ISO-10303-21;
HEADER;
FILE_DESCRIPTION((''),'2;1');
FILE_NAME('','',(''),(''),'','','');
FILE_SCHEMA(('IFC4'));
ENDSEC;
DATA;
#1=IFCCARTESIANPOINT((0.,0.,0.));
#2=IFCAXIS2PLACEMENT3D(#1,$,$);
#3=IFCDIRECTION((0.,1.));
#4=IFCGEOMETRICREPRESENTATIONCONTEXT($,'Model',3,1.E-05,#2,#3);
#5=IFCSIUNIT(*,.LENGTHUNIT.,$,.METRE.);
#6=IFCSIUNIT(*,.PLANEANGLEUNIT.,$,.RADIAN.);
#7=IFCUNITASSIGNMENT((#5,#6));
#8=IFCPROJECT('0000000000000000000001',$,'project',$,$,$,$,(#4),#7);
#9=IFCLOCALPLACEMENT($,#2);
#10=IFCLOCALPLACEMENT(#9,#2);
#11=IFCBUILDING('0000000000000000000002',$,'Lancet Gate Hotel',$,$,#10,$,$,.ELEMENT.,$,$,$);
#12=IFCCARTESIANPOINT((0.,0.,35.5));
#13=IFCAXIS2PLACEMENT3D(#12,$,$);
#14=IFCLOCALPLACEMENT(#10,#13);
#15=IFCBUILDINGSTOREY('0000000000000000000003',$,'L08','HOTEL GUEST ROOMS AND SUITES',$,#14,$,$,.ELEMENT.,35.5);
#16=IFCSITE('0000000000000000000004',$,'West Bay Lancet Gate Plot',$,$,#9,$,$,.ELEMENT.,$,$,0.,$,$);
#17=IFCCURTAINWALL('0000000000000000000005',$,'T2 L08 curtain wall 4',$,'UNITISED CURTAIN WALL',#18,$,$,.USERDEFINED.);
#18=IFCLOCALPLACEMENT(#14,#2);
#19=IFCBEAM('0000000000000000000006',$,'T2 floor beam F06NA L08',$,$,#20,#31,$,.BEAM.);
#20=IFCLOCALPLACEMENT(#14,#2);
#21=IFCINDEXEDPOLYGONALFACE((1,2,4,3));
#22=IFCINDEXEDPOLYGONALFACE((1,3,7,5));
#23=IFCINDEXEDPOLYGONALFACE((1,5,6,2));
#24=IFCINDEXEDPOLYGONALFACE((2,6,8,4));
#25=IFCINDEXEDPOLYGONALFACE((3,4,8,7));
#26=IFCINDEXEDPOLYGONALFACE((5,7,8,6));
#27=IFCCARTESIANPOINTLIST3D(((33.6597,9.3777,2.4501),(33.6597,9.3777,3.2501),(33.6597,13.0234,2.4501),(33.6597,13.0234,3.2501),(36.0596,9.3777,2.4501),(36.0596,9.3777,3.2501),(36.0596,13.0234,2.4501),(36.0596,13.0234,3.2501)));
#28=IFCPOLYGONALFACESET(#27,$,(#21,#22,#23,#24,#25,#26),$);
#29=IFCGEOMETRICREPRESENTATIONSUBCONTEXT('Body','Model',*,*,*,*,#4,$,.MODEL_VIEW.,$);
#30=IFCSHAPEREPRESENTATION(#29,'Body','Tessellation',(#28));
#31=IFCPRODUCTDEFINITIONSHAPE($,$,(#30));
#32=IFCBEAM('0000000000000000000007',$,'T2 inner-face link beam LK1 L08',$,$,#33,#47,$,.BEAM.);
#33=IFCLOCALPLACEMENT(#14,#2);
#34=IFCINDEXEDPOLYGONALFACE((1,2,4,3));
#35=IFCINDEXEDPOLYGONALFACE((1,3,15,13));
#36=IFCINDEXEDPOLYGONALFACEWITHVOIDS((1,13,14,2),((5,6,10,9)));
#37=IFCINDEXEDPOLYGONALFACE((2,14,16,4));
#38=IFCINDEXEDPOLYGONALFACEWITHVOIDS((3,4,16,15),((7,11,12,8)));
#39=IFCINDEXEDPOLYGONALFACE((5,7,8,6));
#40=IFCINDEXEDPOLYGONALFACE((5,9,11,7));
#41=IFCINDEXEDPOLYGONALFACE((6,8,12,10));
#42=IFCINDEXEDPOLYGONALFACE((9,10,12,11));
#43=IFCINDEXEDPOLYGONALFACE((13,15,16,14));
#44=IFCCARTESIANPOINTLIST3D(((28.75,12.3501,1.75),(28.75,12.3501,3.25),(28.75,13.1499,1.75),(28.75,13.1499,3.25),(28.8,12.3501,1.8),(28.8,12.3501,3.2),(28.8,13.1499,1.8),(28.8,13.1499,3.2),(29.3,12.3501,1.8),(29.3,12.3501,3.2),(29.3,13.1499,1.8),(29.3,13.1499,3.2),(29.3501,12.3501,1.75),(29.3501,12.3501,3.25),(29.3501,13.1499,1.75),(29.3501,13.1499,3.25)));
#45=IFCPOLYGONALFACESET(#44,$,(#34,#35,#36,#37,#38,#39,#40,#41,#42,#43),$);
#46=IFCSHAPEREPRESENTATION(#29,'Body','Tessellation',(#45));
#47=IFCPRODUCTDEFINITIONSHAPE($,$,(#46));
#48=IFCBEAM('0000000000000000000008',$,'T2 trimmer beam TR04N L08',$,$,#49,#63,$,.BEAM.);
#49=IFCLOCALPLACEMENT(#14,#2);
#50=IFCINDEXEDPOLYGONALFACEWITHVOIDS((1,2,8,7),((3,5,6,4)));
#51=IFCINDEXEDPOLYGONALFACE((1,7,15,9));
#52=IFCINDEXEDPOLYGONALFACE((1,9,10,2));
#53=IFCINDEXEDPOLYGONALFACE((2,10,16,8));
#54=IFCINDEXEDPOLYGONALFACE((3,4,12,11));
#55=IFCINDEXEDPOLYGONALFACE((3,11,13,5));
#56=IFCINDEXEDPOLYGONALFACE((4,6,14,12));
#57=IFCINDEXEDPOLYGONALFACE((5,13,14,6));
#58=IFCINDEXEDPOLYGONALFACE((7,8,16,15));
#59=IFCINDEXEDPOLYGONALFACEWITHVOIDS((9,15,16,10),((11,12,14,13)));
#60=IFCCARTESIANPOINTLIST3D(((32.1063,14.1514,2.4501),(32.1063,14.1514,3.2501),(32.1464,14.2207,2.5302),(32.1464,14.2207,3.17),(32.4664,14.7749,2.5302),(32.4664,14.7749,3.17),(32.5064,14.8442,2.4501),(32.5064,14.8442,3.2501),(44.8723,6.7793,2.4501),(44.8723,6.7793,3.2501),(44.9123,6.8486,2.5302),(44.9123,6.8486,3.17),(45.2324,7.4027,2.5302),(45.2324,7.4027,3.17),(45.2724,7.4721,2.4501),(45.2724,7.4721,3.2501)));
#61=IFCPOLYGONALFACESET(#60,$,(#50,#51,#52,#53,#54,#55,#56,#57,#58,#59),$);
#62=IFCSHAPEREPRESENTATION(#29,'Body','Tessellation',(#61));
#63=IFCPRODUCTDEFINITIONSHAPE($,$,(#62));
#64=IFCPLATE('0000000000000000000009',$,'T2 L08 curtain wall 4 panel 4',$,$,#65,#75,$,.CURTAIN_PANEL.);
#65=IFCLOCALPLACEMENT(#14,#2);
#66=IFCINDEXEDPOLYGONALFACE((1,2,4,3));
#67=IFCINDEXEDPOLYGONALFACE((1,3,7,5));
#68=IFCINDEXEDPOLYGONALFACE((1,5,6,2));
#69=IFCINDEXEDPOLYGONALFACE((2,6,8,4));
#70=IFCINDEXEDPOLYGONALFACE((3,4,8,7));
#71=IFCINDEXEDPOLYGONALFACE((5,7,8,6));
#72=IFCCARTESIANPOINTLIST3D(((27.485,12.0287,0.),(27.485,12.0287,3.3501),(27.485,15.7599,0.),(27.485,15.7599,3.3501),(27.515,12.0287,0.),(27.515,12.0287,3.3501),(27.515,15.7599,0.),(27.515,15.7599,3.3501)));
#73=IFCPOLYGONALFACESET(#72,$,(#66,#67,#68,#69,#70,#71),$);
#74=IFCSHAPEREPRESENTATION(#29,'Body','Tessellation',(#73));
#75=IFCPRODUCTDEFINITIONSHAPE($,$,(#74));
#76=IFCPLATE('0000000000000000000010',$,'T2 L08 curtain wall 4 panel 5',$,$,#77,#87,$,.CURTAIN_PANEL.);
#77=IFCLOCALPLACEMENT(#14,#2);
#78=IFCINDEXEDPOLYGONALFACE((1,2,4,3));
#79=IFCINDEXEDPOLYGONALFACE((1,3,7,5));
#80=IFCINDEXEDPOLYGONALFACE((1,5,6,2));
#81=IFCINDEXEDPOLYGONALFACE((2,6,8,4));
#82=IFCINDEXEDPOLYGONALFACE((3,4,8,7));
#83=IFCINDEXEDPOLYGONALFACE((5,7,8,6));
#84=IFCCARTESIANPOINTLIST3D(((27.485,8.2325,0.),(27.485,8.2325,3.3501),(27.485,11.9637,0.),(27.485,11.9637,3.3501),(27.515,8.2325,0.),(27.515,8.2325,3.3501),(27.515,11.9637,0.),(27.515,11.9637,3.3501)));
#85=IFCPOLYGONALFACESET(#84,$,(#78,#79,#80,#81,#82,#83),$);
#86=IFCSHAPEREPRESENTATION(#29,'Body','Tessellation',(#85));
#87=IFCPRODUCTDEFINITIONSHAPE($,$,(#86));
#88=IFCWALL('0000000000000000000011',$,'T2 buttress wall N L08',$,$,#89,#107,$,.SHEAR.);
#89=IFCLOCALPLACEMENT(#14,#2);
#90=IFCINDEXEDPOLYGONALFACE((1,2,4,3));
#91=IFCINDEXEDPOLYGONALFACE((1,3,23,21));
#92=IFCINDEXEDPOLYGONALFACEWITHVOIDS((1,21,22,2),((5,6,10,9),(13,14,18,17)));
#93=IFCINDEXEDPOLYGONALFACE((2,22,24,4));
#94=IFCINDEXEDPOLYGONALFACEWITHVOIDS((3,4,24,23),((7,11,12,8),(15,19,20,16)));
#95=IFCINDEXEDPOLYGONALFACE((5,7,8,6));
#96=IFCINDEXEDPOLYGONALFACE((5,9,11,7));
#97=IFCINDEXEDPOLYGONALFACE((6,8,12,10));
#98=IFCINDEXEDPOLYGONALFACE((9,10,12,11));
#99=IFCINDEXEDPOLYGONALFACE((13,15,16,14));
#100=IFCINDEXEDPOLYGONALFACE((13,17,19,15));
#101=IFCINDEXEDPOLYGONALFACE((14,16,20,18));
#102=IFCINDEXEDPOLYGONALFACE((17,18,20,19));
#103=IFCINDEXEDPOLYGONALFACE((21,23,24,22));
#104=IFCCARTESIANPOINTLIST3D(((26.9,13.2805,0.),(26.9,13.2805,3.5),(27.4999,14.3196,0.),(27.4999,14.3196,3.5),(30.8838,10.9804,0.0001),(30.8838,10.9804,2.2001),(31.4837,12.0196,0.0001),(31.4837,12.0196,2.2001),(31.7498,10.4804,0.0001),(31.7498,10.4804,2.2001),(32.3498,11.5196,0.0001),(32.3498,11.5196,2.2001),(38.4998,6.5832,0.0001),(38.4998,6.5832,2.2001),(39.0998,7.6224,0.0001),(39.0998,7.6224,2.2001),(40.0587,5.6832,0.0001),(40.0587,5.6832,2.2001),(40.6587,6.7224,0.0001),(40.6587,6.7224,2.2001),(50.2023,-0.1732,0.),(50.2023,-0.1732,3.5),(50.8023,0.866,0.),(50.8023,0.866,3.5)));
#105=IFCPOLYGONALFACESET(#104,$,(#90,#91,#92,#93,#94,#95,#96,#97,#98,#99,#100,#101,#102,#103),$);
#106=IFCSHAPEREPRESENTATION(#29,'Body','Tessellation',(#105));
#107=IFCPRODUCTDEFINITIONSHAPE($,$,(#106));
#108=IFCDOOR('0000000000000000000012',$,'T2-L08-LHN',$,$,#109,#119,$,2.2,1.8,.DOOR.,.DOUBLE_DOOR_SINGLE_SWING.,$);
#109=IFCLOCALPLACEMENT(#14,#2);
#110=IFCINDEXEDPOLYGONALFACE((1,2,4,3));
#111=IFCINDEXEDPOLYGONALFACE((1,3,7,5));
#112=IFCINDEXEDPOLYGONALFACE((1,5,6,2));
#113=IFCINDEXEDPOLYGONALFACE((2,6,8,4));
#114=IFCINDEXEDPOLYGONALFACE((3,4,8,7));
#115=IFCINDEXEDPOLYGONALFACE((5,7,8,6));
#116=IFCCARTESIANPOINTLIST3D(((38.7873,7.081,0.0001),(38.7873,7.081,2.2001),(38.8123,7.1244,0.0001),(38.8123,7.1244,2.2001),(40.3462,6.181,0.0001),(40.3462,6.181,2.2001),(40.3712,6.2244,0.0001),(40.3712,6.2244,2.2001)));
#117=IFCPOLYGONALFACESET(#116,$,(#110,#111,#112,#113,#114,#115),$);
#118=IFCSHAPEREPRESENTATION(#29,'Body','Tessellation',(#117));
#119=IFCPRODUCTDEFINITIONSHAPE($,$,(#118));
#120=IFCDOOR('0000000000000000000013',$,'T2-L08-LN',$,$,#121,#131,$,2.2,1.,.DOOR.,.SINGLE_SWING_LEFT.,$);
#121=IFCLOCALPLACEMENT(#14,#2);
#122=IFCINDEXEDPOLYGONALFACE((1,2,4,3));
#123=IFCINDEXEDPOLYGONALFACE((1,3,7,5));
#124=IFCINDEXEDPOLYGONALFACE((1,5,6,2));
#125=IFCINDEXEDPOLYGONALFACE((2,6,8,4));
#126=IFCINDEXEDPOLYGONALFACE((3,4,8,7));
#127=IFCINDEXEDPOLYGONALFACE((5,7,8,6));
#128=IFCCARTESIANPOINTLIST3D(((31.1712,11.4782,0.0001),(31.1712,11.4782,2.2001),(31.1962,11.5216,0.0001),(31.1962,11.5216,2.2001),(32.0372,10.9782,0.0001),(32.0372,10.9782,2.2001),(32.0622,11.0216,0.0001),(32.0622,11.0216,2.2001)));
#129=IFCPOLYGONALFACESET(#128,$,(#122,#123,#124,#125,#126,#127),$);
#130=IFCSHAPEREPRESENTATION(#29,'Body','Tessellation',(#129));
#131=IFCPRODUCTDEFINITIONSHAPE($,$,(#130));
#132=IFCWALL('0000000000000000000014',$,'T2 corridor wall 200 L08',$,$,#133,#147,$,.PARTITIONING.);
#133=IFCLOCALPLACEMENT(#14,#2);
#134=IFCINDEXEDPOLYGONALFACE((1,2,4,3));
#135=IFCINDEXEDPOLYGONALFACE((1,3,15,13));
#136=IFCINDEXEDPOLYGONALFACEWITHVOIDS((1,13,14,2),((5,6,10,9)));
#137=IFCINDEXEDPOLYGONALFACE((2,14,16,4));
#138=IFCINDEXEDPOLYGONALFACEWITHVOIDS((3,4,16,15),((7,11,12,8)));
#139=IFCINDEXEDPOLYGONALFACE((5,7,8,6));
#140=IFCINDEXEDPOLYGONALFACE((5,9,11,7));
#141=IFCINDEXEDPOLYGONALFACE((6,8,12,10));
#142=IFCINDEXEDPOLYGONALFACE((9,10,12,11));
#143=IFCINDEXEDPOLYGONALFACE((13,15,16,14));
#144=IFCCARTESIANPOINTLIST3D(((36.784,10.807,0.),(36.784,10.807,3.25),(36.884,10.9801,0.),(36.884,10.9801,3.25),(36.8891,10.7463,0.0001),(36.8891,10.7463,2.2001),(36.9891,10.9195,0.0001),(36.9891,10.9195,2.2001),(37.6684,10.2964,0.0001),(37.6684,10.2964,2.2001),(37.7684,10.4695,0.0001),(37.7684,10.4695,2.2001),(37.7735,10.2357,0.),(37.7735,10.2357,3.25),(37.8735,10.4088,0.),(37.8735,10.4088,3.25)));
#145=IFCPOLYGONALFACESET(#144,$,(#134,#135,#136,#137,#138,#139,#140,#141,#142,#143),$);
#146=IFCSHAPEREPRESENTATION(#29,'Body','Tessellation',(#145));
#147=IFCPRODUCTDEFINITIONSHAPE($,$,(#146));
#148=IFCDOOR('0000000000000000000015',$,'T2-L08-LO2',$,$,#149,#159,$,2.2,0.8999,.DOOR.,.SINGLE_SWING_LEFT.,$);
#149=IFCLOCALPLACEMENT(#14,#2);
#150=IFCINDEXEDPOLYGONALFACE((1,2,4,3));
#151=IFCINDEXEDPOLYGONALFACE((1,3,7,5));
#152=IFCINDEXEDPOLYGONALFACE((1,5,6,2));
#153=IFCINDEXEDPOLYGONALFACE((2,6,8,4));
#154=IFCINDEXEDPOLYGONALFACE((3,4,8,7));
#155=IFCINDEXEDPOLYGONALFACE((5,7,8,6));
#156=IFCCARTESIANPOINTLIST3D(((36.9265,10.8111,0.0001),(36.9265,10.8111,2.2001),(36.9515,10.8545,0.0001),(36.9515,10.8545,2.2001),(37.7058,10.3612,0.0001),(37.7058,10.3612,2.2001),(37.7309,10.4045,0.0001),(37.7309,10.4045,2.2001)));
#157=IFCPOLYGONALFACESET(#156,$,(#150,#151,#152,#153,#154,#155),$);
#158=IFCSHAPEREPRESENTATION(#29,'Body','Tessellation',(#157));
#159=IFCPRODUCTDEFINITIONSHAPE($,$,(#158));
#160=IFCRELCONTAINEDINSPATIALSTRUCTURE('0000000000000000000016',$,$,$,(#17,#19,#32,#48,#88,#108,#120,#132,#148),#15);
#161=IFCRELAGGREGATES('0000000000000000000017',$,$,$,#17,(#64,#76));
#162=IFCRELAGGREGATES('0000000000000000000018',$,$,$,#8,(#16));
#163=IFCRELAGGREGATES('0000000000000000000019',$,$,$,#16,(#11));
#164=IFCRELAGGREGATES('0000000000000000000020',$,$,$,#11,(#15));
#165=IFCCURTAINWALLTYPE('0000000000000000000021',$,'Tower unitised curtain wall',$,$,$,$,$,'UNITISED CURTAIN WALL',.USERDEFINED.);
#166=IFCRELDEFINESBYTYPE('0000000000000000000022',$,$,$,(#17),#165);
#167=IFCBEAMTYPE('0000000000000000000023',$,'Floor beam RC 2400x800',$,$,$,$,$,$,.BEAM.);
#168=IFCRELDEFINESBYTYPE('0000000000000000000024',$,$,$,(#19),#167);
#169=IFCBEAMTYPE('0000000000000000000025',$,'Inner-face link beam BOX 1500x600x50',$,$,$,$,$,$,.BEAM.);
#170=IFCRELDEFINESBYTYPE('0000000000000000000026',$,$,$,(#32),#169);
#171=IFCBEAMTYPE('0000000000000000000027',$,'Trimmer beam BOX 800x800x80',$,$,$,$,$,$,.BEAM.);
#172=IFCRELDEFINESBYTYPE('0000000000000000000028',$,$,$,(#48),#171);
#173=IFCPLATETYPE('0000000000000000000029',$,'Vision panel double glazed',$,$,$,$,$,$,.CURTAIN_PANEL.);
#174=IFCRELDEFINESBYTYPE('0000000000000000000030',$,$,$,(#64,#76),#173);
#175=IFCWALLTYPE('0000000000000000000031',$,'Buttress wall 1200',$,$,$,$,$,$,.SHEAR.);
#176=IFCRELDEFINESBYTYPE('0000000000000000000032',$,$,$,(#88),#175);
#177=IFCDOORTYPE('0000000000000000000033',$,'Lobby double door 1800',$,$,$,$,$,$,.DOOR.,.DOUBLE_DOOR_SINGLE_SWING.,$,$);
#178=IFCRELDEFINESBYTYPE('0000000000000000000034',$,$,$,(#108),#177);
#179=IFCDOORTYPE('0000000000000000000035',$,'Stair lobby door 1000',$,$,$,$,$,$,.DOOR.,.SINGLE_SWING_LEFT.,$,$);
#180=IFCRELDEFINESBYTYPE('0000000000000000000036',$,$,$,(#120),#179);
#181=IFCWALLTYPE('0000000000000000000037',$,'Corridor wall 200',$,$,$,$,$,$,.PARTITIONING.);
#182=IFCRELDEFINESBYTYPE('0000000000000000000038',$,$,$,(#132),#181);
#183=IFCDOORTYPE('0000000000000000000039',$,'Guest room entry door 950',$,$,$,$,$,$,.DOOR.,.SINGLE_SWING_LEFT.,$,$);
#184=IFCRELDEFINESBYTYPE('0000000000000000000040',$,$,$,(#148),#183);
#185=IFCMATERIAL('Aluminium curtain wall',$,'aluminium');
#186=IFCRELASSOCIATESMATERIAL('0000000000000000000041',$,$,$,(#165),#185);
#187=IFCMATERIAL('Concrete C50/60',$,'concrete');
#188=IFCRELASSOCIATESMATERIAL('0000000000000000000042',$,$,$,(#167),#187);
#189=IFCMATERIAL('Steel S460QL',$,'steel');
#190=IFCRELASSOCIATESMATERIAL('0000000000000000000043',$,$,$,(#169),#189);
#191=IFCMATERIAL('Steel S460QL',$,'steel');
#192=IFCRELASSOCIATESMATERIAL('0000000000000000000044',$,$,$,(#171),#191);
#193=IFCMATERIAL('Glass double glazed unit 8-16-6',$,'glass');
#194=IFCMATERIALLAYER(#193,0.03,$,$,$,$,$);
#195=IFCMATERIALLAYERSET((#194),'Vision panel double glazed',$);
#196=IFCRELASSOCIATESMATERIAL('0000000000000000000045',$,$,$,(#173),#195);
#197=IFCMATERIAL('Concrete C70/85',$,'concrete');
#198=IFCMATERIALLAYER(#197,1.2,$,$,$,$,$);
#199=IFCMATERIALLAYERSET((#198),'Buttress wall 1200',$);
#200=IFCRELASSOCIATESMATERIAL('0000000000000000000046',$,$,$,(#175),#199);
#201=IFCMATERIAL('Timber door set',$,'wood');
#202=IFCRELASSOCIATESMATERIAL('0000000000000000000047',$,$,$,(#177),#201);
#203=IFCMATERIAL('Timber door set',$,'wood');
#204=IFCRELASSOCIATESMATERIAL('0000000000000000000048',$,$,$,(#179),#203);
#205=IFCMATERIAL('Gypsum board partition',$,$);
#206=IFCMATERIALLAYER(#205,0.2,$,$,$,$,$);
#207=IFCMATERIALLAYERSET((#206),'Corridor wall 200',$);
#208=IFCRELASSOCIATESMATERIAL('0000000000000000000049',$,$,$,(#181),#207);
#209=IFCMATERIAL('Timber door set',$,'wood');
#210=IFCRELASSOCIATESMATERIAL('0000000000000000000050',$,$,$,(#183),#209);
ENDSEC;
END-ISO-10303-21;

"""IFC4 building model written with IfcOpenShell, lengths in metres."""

from ifc_helpers import new_model, si_unit, direction, frame, frame_2d, origin, origin_2d, place, context, subcontext, project, spatial, rectangle, hollow_rectangle, extrude, material, layer, layer_set, material_profile, profile_set, type_object, element, fill, aggregate, save


model = new_model("IFC4")

# Units and contexts
model_context = context("Model", 3, precision=1e-05, world=origin(), true_north=direction((0.0, 1.0)))
body_context = subcontext(model_context, "Body", "Model", "MODEL_VIEW")
ifc_project = project(units=[si_unit("LENGTHUNIT", "METRE"), si_unit("PLANEANGLEUNIT", "RADIAN")], contexts=[model_context])

# Site, building, storey
site_placement = place(None, origin())
site = spatial("IfcSite", under=ifc_project, at=site_placement, Name="West Bay Lancet Gate Plot", CompositionType="ELEMENT", RefElevation=0.0)
building_placement = place(site_placement, origin())
building = spatial("IfcBuilding", under=site, at=building_placement, Name="Lancet Gate Hotel", CompositionType="ELEMENT")
storey_placement = place(building_placement, frame((0.0, 0.0, 35.5)))
storey = spatial("IfcBuildingStorey", under=building, at=storey_placement, Name="L08", Description="HOTEL GUEST ROOMS AND SUITES", CompositionType="ELEMENT", Elevation=35.5)

# Curtain wall
ifc_material_1 = material(Name="Aluminium curtain wall", Category="aluminium")
curtain_wall_type = type_object("IfcCurtainWallType", Name="Tower unitised curtain wall", ElementType="UNITISED CURTAIN WALL", PredefinedType="USERDEFINED", material=ifc_material_1)
curtain_wall_placement = place(storey_placement, origin())
curtain_wall = element("IfcCurtainWall", 1, at=curtain_wall_placement, inside=storey, type_object=curtain_wall_type, Name="T2 L08 curtain wall 4", ObjectType="UNITISED CURTAIN WALL", PredefinedType="USERDEFINED")

# Beams
ifc_material_2 = material(Name="Concrete C50/60", Category="concrete")
ifc_material_profile_1 = material_profile(ifc_material_2, rectangle(XDim=2.3999, YDim=0.8, at=origin_2d()), Name="RC 2400x800")
ifc_profile_set_1 = profile_set([ifc_material_profile_1], Name="Concrete C50/60")
beam_type_1 = type_object("IfcBeamType", Name="Floor beam RC 2400x800", PredefinedType="BEAM", material=ifc_profile_set_1)
beam_1_placement = place(storey_placement, frame((34.8596, 9.3777, 2.8501), z_axis=(0.0, 1.0, 0.0), x_axis=(-1.0, 0.0, 0.0)))
element("IfcBeam", 2, at=beam_1_placement, inside=storey, type_object=beam_type_1, Name="T2 floor beam F06NA L08", PredefinedType="BEAM", context=body_context, shape_type="SweptSolid", body=[
    extrude(rectangle(XDim=2.3999, YDim=0.8, at=origin_2d()), origin(), (0.0, 0.0, 1.0), 3.6458),
])
ifc_material_3 = material(Name="Steel S460QL", Category="steel")
ifc_material_profile_2 = material_profile(ifc_material_3, hollow_rectangle(XDim=0.6001, YDim=1.5, WallThickness=0.05, at=origin_2d()), Name="BOX 1500x600x50")
ifc_profile_set_2 = profile_set([ifc_material_profile_2], Name="Steel S460QL")
beam_type_2 = type_object("IfcBeamType", Name="Inner-face link beam BOX 1500x600x50", PredefinedType="BEAM", material=ifc_profile_set_2)
beam_2_placement = place(storey_placement, frame((29.05, 12.3501, 2.5), z_axis=(0.0, 1.0, 0.0), x_axis=(-1.0, 0.0, 0.0)))
element("IfcBeam", 3, at=beam_2_placement, inside=storey, type_object=beam_type_2, Name="T2 inner-face link beam LK1 L08", PredefinedType="BEAM", context=body_context, shape_type="SweptSolid", body=[
    extrude(hollow_rectangle(XDim=0.6001, YDim=1.5, WallThickness=0.05, at=origin_2d()), origin(), (0.0, 0.0, 1.0), 0.7998),
])
ifc_material_4 = material(Name="Steel S460QL", Category="steel")
ifc_material_profile_3 = material_profile(ifc_material_4, hollow_rectangle(XDim=0.8, YDim=0.8, WallThickness=0.0801, at=origin_2d()), Name="BOX 800x800x80")
ifc_profile_set_3 = profile_set([ifc_material_profile_3], Name="Steel S460QL")
beam_type_3 = type_object("IfcBeamType", Name="Trimmer beam BOX 800x800x80", PredefinedType="BEAM", material=ifc_profile_set_3)
beam_3_placement = place(storey_placement, frame((32.3064, 14.4978, 2.8501), z_axis=(0.865976, -0.500086, 0.0), x_axis=(0.500086, 0.865976, 0.0)))
element("IfcBeam", 4, at=beam_3_placement, inside=storey, type_object=beam_type_3, Name="T2 trimmer beam TR04N L08", PredefinedType="BEAM", context=body_context, shape_type="SweptSolid", body=[
    extrude(hollow_rectangle(XDim=0.8, YDim=0.8, WallThickness=0.0801, at=origin_2d()), origin(), (0.0, 0.0, 1.0), 14.7417),
])

# Plates
ifc_material_5 = material(Name="Glass double glazed unit 8-16-6", Category="glass")
ifc_layer_1 = layer(ifc_material_5, 0.03)
ifc_layer_set_1 = layer_set([ifc_layer_1], Name="Vision panel double glazed")
plate_type = type_object("IfcPlateType", Name="Vision panel double glazed", PredefinedType="CURTAIN_PANEL", material=ifc_layer_set_1)
plate_1_placement = place(storey_placement, frame((27.5, 13.8943, 0.0), z_axis=(0.0, 0.0, 1.0), x_axis=(0.0, -1.0, 0.0)))
plate_1 = element("IfcPlate", 5, at=plate_1_placement, type_object=plate_type, Name="T2 L08 curtain wall 4 panel 4", PredefinedType="CURTAIN_PANEL", context=body_context, shape_type="SweptSolid", body=[
    extrude(rectangle(XDim=3.7312, YDim=0.03, at=origin_2d()), origin(), (0.0, 0.0, 1.0), 3.3501),
])
plate_2_placement = place(storey_placement, frame((27.5, 10.0981, 0.0), z_axis=(0.0, 0.0, 1.0), x_axis=(0.0, -1.0, 0.0)))
plate_2 = element("IfcPlate", 6, at=plate_2_placement, type_object=plate_type, Name="T2 L08 curtain wall 4 panel 5", PredefinedType="CURTAIN_PANEL", context=body_context, shape_type="SweptSolid", body=[
    extrude(rectangle(XDim=3.7312, YDim=0.03, at=origin_2d()), origin(), (0.0, 0.0, 1.0), 3.3501),
])
aggregate(curtain_wall, [plate_1, plate_2])

# Wall, openings, doors
ifc_material_6 = material(Name="Concrete C70/85", Category="concrete")
ifc_layer_2 = layer(ifc_material_6, 1.2)
ifc_layer_set_2 = layer_set([ifc_layer_2], Name="Buttress wall 1200")
wall_type_1 = type_object("IfcWallType", Name="Buttress wall 1200", PredefinedType="SHEAR", material=ifc_layer_set_2)
wall_1_placement = place(storey_placement, frame((27.2, 13.8, 0.0), z_axis=(0.0, 0.0, 1.0), x_axis=(0.866025, -0.500002, 0.0)))
wall_1 = element("IfcWall", 7, at=wall_1_placement, inside=storey, type_object=wall_type_1, Name="T2 buttress wall N L08", PredefinedType="SHEAR", context=body_context, shape_type="SweptSolid", body=[
    extrude(rectangle(XDim=26.9072, YDim=1.2, at=frame_2d((13.4536, 0.0))), origin(), (0.0, 0.0, 1.0), 3.5),
])
opening_1_placement = place(wall_1_placement, frame((4.6001, 0.0, 0.0)))
opening_1 = element("IfcOpeningElement", 8, at=opening_1_placement, cuts=wall_1, PredefinedType="OPENING", context=body_context, shape_type="SweptSolid", body=[
    extrude(rectangle(XDim=1.0, YDim=2.2, at=frame_2d((0.5, 1.1001))), frame((0.0, 0.6099, 0.0), z_axis=(0.0, -1.0, 0.0), x_axis=(1.0, 0.0, 0.0)), (0.0, 0.0, 1.0), 1.22),
])
opening_2_placement = place(wall_1_placement, frame((13.3945, 0.0, 0.0)))
opening_2 = element("IfcOpeningElement", 9, at=opening_2_placement, cuts=wall_1, PredefinedType="OPENING", context=body_context, shape_type="SweptSolid", body=[
    extrude(rectangle(XDim=1.8, YDim=2.2, at=frame_2d((0.8999, 1.1001))), frame((0.0, 0.6099, 0.0), z_axis=(0.0, -1.0, 0.0), x_axis=(1.0, 0.0, 0.0)), (0.0, 0.0, 1.0), 1.22),
])
ifc_material_7 = material(Name="Timber door set", Category="wood")
door_type_1 = type_object("IfcDoorType", Name="Lobby double door 1800", OperationType="DOUBLE_DOOR_SINGLE_SWING", PredefinedType="DOOR", material=ifc_material_7)
door_1_placement = place(opening_2_placement, origin())
door_1 = element("IfcDoor", 10, at=door_1_placement, inside=storey, type_object=door_type_1, Name="T2-L08-LHN", OperationType="DOUBLE_DOOR_SINGLE_SWING", OverallHeight=2.2, OverallWidth=1.8, PredefinedType="DOOR", context=body_context, shape_type="SweptSolid", body=[
    extrude(rectangle(XDim=1.8, YDim=2.2, at=frame_2d((0.8999, 1.1001))), frame((0.0, 0.0249, 0.0), z_axis=(0.0, -1.0, 0.0), x_axis=(1.0, 0.0, 0.0)), (0.0, 0.0, 1.0), 0.05),
])
fill(opening_2, door_1)
ifc_material_8 = material(Name="Timber door set", Category="wood")
door_type_2 = type_object("IfcDoorType", Name="Stair lobby door 1000", OperationType="SINGLE_SWING_LEFT", PredefinedType="DOOR", material=ifc_material_8)
door_2_placement = place(opening_1_placement, origin())
door_2 = element("IfcDoor", 11, at=door_2_placement, inside=storey, type_object=door_type_2, Name="T2-L08-LN", OperationType="SINGLE_SWING_LEFT", OverallHeight=2.2, OverallWidth=1.0, PredefinedType="DOOR", context=body_context, shape_type="SweptSolid", body=[
    extrude(rectangle(XDim=1.0, YDim=2.2, at=frame_2d((0.5, 1.1001))), frame((0.0, 0.0249, 0.0), z_axis=(0.0, -1.0, 0.0), x_axis=(1.0, 0.0, 0.0)), (0.0, 0.0, 1.0), 0.05),
])
fill(opening_1, door_2)

# Wall, opening, door
ifc_material_9 = material(Name="Gypsum board partition")
ifc_layer_3 = layer(ifc_material_9, 0.2)
ifc_layer_set_3 = layer_set([ifc_layer_3], Name="Corridor wall 200")
wall_type_2 = type_object("IfcWallType", Name="Corridor wall 200", PredefinedType="PARTITIONING", material=ifc_layer_set_3)
wall_2_placement = place(storey_placement, frame((36.834, 10.8936, 0.0), z_axis=(0.0, 0.0, 1.0), x_axis=(0.866025, -0.5, 0.0)))
wall_2 = element("IfcWall", 12, at=wall_2_placement, inside=storey, type_object=wall_type_2, Name="T2 corridor wall 200 L08", PredefinedType="PARTITIONING", context=body_context, shape_type="SweptSolid", body=[
    extrude(rectangle(XDim=1.1426, YDim=0.2, at=frame_2d((0.5713, 0.0))), origin(), (0.0, 0.0, 1.0), 3.25),
])
opening_3_placement = place(wall_2_placement, frame((0.1213, 0.0, 0.0)))
opening_3 = element("IfcOpeningElement", 13, at=opening_3_placement, cuts=wall_2, PredefinedType="OPENING", context=body_context, shape_type="SweptSolid", body=[
    extrude(rectangle(XDim=0.8999, YDim=2.2, at=frame_2d((0.45, 1.1001))), frame((0.0, 0.1099, 0.0), z_axis=(0.0, -1.0, 0.0), x_axis=(1.0, 0.0, 0.0)), (0.0, 0.0, 1.0), 0.22),
])
ifc_material_10 = material(Name="Timber door set", Category="wood")
door_type_3 = type_object("IfcDoorType", Name="Guest room entry door 950", OperationType="SINGLE_SWING_LEFT", PredefinedType="DOOR", material=ifc_material_10)
door_3_placement = place(opening_3_placement, origin())
door_3 = element("IfcDoor", 14, at=door_3_placement, inside=storey, type_object=door_type_3, Name="T2-L08-LO2", OperationType="SINGLE_SWING_LEFT", OverallHeight=2.2, OverallWidth=0.8999, PredefinedType="DOOR", context=body_context, shape_type="SweptSolid", body=[
    extrude(rectangle(XDim=0.8999, YDim=2.2, at=frame_2d((0.45, 1.1001))), frame((0.0, 0.0249, 0.0), z_axis=(0.0, -1.0, 0.0), x_axis=(1.0, 0.0, 0.0)), (0.0, 0.0, 1.0), 0.05),
])
fill(opening_3, door_3)

save(model, "model.ifc")
